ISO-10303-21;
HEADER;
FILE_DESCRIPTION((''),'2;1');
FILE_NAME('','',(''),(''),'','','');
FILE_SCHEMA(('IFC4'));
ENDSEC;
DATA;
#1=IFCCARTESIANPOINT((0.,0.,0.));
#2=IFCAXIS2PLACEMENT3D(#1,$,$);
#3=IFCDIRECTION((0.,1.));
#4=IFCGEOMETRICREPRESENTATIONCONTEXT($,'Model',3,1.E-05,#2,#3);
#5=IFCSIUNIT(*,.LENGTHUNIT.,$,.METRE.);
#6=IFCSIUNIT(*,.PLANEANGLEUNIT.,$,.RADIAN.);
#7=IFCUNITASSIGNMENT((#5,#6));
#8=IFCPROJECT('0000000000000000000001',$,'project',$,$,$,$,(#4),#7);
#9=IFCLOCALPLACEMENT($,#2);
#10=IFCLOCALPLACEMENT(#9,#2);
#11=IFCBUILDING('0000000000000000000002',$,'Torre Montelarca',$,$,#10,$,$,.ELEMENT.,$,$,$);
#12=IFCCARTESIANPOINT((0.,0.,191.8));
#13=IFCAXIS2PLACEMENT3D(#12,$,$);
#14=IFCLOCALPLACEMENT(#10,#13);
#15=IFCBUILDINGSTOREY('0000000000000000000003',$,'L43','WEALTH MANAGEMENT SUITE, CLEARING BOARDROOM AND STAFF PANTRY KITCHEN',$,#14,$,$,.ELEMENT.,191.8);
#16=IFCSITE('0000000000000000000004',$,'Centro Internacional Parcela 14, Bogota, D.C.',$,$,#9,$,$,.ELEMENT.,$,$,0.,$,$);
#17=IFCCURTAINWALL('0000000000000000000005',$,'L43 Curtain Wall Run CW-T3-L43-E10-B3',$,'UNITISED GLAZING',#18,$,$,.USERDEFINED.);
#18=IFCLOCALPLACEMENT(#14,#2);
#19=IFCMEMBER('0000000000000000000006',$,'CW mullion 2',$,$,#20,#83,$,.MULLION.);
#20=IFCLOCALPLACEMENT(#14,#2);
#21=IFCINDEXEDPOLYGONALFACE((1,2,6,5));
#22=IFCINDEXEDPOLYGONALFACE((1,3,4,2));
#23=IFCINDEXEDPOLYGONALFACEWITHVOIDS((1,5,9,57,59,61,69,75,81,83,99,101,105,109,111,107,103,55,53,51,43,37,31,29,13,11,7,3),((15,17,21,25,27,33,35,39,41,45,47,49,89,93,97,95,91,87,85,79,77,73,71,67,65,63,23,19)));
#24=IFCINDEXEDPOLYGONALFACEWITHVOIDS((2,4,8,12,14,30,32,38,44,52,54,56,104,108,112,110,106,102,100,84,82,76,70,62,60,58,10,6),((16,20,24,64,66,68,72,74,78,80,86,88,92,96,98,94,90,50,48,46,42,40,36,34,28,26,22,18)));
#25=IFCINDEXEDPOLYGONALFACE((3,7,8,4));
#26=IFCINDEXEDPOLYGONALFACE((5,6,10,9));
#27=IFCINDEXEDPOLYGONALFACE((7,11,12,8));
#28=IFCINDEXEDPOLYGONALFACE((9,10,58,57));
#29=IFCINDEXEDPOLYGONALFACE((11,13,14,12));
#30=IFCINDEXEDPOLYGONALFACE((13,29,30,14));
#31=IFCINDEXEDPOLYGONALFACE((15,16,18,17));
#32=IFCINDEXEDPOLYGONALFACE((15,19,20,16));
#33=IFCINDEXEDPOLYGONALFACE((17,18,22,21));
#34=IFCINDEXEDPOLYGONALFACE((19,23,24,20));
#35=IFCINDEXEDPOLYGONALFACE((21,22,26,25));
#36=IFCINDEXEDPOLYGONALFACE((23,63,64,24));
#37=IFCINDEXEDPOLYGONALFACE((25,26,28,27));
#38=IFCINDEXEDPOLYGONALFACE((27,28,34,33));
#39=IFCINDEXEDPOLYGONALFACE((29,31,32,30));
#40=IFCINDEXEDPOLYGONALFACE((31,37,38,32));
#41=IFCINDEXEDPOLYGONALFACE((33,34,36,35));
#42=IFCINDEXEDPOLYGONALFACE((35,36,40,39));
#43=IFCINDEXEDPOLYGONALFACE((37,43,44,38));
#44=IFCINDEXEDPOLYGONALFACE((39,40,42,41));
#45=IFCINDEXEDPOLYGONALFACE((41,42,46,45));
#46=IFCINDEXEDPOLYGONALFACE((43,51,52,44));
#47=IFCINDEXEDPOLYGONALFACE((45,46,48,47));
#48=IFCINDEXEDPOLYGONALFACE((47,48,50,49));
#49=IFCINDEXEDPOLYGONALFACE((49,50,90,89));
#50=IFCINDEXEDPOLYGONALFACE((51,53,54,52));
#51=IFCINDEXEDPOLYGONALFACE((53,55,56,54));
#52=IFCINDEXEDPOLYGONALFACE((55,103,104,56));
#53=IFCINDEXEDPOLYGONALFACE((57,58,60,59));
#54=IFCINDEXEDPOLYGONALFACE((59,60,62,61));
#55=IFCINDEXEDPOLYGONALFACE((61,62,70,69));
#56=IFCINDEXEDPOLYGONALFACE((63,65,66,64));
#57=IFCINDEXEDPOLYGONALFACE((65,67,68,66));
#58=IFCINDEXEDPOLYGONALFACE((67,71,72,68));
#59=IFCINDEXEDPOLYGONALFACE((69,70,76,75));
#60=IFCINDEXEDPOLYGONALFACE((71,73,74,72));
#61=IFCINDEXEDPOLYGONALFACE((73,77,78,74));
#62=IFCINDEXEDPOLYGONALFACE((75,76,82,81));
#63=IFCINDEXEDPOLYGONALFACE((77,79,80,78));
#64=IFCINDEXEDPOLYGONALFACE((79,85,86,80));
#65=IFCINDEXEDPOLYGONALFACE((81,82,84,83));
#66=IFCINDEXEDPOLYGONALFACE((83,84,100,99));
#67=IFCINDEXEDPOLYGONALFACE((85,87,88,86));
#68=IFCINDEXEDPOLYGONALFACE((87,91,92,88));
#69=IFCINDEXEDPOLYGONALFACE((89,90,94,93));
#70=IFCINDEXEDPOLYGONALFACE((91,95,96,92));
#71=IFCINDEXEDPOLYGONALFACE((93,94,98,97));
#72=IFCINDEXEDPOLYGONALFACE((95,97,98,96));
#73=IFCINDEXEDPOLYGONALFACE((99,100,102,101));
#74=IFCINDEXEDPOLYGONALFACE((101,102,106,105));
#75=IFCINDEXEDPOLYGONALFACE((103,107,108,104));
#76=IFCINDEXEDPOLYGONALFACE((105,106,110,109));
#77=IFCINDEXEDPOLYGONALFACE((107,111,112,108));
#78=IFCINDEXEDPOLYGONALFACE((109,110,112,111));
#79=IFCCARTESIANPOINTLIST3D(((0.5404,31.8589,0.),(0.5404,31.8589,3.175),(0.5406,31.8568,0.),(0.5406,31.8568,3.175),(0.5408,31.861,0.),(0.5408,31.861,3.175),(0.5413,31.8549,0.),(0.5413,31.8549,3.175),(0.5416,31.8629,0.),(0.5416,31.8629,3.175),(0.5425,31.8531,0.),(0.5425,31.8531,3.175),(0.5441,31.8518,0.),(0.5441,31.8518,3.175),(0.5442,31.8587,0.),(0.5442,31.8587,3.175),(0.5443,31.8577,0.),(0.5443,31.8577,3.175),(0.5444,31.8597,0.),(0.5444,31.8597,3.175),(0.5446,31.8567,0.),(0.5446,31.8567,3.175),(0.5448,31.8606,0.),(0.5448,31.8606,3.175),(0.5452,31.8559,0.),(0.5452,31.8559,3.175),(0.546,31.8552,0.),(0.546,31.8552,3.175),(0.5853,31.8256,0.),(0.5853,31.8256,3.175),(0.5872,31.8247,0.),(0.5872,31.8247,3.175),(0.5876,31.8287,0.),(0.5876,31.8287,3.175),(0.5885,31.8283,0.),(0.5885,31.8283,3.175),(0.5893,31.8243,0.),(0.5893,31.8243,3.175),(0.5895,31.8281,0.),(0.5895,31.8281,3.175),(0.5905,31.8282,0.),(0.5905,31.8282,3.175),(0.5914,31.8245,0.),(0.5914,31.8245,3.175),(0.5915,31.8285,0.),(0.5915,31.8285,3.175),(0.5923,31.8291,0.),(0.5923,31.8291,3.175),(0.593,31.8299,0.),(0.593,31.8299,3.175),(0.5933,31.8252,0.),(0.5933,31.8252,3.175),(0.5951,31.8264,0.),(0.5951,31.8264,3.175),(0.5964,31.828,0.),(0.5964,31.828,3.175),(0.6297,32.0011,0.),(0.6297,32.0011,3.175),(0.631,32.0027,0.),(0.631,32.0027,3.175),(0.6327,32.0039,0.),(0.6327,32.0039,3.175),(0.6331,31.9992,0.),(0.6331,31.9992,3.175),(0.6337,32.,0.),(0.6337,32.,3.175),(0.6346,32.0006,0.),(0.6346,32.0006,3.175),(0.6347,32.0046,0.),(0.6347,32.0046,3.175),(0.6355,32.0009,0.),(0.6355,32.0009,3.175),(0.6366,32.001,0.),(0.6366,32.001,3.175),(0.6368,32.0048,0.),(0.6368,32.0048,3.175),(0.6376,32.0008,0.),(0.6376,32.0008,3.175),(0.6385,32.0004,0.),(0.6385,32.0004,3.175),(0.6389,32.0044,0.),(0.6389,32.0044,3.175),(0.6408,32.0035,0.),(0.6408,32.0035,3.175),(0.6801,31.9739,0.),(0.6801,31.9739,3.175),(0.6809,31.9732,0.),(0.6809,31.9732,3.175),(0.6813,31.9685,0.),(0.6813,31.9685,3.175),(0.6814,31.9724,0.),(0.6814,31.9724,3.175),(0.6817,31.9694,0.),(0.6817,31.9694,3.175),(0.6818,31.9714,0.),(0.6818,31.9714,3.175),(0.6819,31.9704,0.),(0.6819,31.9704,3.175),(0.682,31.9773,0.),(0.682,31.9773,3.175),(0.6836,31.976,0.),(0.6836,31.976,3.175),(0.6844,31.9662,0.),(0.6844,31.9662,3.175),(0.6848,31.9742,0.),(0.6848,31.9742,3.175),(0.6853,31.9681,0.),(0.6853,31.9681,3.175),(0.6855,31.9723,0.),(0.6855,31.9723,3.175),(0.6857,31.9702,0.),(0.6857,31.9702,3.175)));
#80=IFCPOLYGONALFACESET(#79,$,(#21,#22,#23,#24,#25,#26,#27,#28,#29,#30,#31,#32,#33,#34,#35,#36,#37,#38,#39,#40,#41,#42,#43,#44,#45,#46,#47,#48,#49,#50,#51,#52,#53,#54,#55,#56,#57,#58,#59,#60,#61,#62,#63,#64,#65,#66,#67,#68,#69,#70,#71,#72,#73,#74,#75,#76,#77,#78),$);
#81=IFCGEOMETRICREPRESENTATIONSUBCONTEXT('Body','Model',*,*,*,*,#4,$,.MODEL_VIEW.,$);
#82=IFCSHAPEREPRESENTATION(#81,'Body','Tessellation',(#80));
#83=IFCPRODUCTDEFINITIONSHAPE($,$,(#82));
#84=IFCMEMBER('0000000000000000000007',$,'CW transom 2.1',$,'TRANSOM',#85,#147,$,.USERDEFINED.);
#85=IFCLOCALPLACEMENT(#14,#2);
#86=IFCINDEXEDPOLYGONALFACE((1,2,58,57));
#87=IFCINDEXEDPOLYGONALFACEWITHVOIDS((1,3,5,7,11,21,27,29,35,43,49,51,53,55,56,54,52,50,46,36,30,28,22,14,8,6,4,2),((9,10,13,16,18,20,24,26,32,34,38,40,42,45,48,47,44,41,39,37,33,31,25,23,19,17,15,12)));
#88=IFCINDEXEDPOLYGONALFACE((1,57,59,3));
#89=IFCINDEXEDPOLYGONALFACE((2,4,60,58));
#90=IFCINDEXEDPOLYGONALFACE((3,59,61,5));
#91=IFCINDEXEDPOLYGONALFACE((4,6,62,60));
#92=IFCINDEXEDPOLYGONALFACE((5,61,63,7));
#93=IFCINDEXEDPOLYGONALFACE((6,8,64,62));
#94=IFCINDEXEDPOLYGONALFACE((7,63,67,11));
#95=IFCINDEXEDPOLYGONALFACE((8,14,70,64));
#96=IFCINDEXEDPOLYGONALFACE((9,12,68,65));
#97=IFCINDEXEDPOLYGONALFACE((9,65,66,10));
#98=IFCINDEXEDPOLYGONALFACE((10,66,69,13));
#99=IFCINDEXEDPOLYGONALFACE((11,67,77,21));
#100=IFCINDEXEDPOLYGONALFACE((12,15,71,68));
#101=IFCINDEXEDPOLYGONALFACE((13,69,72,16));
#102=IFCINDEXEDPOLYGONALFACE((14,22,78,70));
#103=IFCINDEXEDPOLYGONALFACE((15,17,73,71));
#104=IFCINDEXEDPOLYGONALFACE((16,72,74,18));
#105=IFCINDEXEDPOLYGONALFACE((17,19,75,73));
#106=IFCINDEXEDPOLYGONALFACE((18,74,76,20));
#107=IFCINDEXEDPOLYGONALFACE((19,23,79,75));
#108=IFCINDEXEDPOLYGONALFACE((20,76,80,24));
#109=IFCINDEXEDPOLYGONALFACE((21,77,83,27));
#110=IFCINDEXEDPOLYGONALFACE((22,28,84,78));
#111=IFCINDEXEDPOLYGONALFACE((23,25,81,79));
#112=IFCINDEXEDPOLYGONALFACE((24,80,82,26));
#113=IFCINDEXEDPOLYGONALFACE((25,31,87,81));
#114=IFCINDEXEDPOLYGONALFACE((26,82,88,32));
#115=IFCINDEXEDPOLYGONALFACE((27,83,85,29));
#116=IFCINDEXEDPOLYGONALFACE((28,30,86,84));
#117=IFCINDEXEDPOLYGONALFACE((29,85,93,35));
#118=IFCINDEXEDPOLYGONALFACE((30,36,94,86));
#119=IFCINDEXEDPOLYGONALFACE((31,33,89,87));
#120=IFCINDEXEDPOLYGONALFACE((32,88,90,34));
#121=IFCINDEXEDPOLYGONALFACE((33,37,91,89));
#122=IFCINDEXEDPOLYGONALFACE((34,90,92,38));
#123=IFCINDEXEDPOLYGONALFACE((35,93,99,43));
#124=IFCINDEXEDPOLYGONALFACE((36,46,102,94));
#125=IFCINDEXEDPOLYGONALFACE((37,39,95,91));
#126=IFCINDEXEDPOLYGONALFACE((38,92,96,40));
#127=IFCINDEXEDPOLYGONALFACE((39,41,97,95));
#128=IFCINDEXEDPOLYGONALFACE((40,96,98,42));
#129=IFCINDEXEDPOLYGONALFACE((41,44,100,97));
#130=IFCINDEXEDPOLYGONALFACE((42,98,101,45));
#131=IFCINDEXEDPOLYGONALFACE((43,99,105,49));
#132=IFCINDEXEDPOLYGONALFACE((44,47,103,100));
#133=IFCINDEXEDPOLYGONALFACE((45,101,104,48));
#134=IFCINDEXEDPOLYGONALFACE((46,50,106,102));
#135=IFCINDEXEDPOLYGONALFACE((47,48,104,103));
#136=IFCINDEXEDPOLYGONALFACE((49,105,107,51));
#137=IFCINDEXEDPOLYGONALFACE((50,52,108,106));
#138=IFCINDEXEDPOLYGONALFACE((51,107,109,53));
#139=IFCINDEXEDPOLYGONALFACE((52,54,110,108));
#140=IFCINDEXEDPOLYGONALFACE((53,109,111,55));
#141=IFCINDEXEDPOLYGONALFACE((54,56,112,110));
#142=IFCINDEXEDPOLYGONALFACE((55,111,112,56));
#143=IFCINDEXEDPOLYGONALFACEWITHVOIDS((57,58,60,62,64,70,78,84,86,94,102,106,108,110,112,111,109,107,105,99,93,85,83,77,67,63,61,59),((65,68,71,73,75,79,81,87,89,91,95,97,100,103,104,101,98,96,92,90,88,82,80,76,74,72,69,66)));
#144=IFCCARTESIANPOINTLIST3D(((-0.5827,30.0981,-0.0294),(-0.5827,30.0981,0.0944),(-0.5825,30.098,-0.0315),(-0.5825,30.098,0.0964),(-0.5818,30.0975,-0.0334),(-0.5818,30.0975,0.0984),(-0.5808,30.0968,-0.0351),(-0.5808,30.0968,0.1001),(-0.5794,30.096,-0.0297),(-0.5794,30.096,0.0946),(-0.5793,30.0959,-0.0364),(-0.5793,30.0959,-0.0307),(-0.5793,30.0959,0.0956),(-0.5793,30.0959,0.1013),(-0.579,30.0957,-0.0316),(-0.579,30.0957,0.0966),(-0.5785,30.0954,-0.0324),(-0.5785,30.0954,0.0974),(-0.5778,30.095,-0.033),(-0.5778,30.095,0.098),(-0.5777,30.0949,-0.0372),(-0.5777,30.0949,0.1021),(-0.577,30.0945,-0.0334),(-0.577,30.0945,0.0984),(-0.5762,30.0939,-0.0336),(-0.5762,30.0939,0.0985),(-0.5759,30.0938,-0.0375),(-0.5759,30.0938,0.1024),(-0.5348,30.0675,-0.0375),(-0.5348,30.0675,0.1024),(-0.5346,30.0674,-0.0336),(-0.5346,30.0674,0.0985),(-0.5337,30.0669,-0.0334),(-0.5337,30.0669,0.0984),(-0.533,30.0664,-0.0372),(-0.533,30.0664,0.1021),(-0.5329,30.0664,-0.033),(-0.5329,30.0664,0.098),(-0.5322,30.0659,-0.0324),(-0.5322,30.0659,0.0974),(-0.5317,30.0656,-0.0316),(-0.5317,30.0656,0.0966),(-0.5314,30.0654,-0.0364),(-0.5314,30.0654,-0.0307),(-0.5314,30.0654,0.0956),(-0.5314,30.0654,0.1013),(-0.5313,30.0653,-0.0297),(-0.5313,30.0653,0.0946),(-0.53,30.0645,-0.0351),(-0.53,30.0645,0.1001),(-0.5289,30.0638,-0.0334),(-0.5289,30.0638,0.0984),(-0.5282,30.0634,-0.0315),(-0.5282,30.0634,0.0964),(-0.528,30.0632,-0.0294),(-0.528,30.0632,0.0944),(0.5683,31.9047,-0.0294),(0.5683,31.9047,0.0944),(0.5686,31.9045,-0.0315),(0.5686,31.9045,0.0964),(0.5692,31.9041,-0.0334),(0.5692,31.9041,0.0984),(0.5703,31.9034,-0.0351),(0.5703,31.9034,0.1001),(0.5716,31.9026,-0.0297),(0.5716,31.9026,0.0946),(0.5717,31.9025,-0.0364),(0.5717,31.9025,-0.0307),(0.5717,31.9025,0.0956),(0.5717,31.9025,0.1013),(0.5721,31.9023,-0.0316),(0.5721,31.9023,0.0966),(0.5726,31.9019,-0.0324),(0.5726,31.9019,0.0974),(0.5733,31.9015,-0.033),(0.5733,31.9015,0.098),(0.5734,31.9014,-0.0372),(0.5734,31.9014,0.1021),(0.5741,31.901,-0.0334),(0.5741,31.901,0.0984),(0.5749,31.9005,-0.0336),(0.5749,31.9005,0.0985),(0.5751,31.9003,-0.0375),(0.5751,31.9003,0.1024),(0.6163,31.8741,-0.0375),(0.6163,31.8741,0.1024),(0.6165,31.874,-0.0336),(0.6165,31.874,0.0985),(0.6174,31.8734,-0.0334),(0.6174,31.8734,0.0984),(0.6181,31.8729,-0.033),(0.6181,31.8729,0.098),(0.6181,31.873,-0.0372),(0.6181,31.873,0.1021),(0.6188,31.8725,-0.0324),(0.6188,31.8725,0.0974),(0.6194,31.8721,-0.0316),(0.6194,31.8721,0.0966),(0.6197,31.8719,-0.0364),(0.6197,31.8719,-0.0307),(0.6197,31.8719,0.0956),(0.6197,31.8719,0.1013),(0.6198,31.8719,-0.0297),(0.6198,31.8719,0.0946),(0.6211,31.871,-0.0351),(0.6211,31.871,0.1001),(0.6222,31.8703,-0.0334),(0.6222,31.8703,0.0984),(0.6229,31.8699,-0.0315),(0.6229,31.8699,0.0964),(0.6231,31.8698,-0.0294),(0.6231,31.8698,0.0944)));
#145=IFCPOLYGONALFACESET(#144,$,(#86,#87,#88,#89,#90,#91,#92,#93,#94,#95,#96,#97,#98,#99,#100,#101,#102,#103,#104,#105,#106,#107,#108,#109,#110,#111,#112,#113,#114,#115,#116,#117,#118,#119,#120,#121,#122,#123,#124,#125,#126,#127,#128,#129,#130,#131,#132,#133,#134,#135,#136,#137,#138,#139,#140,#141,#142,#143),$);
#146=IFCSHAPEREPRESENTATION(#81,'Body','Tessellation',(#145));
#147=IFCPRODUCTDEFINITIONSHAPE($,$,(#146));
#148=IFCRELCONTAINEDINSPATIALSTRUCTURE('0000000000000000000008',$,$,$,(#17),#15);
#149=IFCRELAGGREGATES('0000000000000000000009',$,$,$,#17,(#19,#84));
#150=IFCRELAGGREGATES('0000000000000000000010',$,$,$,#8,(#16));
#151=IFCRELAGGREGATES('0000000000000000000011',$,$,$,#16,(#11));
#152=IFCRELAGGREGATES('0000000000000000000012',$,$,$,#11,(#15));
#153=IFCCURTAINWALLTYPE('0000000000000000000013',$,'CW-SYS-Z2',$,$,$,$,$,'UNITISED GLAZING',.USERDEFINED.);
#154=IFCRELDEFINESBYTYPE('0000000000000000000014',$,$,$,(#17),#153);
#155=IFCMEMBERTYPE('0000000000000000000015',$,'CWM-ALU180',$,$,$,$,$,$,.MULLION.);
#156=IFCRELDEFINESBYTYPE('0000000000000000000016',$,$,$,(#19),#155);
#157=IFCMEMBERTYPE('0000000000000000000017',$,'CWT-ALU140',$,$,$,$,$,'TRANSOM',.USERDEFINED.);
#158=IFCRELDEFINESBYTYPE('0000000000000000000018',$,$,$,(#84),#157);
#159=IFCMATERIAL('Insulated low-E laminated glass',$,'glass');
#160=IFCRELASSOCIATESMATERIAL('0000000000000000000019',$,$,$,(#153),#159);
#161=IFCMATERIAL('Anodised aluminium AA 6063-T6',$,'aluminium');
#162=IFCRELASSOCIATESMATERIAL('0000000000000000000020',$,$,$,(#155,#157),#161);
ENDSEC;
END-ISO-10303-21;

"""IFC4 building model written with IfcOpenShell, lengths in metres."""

from ifc_helpers import new_model, si_unit, direction, frame, origin, origin_2d, place, context, subcontext, project, spatial, hollow_rectangle, extrude, source, transform, mapped, material, material_profile, profile_set, type_object, element, aggregate, save


model = new_model("IFC4")

# Units and contexts
model_context = context("Model", 3, precision=1e-05, world=origin(), true_north=direction((0.0, 1.0)))
body_context = subcontext(model_context, "Body", "Model", "MODEL_VIEW")
ifc_project = project(units=[si_unit("LENGTHUNIT", "METRE"), si_unit("PLANEANGLEUNIT", "RADIAN")], contexts=[model_context])

# Site, building, storey
site_placement = place(None, origin())
site = spatial("IfcSite", under=ifc_project, at=site_placement, Name="Centro Internacional Parcela 14, Bogota, D.C.", CompositionType="ELEMENT", RefElevation=0.0)
building_placement = place(site_placement, origin())
building = spatial("IfcBuilding", under=site, at=building_placement, Name="Torre Montelarca", CompositionType="ELEMENT")
storey_placement = place(building_placement, frame((0.0, 0.0, 191.8)))
storey = spatial("IfcBuildingStorey", under=building, at=storey_placement, Name="L43", Description="WEALTH MANAGEMENT SUITE, CLEARING BOARDROOM AND STAFF PANTRY KITCHEN", CompositionType="ELEMENT", Elevation=191.8)

# Curtain wall, members
ifc_material_1 = material(Name="Insulated low-E laminated glass", Category="glass")
curtain_wall_type = type_object("IfcCurtainWallType", Name="CW-SYS-Z2", ElementType="UNITISED GLAZING", PredefinedType="USERDEFINED", material=ifc_material_1)
ifc_material_2 = material(Name="Anodised aluminium AA 6063-T6", Category="aluminium")
ifc_material_profile_1 = material_profile(ifc_material_2, hollow_rectangle(XDim=0.0649, YDim=0.1799, WallThickness=0.0039, InnerFilletRadius=0.0039, OuterFilletRadius=0.0081, at=origin_2d()), Name="ALU65X180X4", Category="aluminium")
ifc_profile_set_1 = profile_set([ifc_material_profile_1], Name="Anodised aluminium AA 6063-T6")
member_type_1 = type_object("IfcMemberType", Name="CWM-ALU180", PredefinedType="MULLION", material=ifc_profile_set_1)
shared_shape_1 = source(origin(), body_context, "Body", "SweptSolid", [
    extrude(hollow_rectangle(XDim=0.0649, YDim=0.1799, WallThickness=0.0039, InnerFilletRadius=0.0039, OuterFilletRadius=0.0081, at=origin_2d()), origin(), (0.0, 0.0, 1.0), 3.175),
])
curtain_wall_1_placement = place(storey_placement, origin())
curtain_wall_1 = element("IfcCurtainWall", 1, at=curtain_wall_1_placement, inside=storey, type_object=curtain_wall_type, Name="L43 Curtain Wall Run CW-T3-L43-E10-B3", ObjectType="UNITISED GLAZING", PredefinedType="USERDEFINED")
member_1_placement = place(storey_placement, frame((0.613, 31.9146, 0.0), z_axis=(0.0, 0.0, 1.0), x_axis=(0.843394, -0.537296, 0.0)))
member_1 = element("IfcMember", 2, at=member_1_placement, type_object=member_type_1, Name="CW mullion 2", PredefinedType="MULLION", context=body_context, shape_type="MappedRepresentation", body=[
    mapped(shared_shape_1, transform((0.0, 0.0, 0.0), scale=1.0)),
])
ifc_material_profile_2 = material_profile(ifc_material_2, hollow_rectangle(XDim=0.0649, YDim=0.1399, WallThickness=0.0039, InnerFilletRadius=0.0039, OuterFilletRadius=0.0081, at=origin_2d()), Name="ALU65X140X4", Category="aluminium")
ifc_profile_set_2 = profile_set([ifc_material_profile_2], Name="Anodised aluminium AA 6063-T6")
member_type_2 = type_object("IfcMemberType", Name="CWT-ALU140", ElementType="TRANSOM", PredefinedType="USERDEFINED", material=ifc_profile_set_2)
shared_shape_2 = source(origin(), body_context, "Body", "SweptSolid", [
    extrude(hollow_rectangle(XDim=0.0649, YDim=0.1399, WallThickness=0.0039, InnerFilletRadius=0.0039, OuterFilletRadius=0.0081, at=origin_2d()), origin(), (0.0, 0.0, 1.0), 2.1421),
])
member_2_placement = place(storey_placement, frame((0.5957, 31.8872, 0.0325), z_axis=(-0.537355, -0.843356, 0.0), x_axis=(0.843356, -0.537355, 0.0)))
member_2 = element("IfcMember", 3, at=member_2_placement, type_object=member_type_2, Name="CW transom 2.1", ObjectType="TRANSOM", PredefinedType="USERDEFINED", context=body_context, shape_type="MappedRepresentation", body=[
    mapped(shared_shape_2, transform((0.0, 0.0, 0.0), scale=1.0)),
])

aggregate(curtain_wall_1, [member_1, member_2])

save(model, "model.ifc")
